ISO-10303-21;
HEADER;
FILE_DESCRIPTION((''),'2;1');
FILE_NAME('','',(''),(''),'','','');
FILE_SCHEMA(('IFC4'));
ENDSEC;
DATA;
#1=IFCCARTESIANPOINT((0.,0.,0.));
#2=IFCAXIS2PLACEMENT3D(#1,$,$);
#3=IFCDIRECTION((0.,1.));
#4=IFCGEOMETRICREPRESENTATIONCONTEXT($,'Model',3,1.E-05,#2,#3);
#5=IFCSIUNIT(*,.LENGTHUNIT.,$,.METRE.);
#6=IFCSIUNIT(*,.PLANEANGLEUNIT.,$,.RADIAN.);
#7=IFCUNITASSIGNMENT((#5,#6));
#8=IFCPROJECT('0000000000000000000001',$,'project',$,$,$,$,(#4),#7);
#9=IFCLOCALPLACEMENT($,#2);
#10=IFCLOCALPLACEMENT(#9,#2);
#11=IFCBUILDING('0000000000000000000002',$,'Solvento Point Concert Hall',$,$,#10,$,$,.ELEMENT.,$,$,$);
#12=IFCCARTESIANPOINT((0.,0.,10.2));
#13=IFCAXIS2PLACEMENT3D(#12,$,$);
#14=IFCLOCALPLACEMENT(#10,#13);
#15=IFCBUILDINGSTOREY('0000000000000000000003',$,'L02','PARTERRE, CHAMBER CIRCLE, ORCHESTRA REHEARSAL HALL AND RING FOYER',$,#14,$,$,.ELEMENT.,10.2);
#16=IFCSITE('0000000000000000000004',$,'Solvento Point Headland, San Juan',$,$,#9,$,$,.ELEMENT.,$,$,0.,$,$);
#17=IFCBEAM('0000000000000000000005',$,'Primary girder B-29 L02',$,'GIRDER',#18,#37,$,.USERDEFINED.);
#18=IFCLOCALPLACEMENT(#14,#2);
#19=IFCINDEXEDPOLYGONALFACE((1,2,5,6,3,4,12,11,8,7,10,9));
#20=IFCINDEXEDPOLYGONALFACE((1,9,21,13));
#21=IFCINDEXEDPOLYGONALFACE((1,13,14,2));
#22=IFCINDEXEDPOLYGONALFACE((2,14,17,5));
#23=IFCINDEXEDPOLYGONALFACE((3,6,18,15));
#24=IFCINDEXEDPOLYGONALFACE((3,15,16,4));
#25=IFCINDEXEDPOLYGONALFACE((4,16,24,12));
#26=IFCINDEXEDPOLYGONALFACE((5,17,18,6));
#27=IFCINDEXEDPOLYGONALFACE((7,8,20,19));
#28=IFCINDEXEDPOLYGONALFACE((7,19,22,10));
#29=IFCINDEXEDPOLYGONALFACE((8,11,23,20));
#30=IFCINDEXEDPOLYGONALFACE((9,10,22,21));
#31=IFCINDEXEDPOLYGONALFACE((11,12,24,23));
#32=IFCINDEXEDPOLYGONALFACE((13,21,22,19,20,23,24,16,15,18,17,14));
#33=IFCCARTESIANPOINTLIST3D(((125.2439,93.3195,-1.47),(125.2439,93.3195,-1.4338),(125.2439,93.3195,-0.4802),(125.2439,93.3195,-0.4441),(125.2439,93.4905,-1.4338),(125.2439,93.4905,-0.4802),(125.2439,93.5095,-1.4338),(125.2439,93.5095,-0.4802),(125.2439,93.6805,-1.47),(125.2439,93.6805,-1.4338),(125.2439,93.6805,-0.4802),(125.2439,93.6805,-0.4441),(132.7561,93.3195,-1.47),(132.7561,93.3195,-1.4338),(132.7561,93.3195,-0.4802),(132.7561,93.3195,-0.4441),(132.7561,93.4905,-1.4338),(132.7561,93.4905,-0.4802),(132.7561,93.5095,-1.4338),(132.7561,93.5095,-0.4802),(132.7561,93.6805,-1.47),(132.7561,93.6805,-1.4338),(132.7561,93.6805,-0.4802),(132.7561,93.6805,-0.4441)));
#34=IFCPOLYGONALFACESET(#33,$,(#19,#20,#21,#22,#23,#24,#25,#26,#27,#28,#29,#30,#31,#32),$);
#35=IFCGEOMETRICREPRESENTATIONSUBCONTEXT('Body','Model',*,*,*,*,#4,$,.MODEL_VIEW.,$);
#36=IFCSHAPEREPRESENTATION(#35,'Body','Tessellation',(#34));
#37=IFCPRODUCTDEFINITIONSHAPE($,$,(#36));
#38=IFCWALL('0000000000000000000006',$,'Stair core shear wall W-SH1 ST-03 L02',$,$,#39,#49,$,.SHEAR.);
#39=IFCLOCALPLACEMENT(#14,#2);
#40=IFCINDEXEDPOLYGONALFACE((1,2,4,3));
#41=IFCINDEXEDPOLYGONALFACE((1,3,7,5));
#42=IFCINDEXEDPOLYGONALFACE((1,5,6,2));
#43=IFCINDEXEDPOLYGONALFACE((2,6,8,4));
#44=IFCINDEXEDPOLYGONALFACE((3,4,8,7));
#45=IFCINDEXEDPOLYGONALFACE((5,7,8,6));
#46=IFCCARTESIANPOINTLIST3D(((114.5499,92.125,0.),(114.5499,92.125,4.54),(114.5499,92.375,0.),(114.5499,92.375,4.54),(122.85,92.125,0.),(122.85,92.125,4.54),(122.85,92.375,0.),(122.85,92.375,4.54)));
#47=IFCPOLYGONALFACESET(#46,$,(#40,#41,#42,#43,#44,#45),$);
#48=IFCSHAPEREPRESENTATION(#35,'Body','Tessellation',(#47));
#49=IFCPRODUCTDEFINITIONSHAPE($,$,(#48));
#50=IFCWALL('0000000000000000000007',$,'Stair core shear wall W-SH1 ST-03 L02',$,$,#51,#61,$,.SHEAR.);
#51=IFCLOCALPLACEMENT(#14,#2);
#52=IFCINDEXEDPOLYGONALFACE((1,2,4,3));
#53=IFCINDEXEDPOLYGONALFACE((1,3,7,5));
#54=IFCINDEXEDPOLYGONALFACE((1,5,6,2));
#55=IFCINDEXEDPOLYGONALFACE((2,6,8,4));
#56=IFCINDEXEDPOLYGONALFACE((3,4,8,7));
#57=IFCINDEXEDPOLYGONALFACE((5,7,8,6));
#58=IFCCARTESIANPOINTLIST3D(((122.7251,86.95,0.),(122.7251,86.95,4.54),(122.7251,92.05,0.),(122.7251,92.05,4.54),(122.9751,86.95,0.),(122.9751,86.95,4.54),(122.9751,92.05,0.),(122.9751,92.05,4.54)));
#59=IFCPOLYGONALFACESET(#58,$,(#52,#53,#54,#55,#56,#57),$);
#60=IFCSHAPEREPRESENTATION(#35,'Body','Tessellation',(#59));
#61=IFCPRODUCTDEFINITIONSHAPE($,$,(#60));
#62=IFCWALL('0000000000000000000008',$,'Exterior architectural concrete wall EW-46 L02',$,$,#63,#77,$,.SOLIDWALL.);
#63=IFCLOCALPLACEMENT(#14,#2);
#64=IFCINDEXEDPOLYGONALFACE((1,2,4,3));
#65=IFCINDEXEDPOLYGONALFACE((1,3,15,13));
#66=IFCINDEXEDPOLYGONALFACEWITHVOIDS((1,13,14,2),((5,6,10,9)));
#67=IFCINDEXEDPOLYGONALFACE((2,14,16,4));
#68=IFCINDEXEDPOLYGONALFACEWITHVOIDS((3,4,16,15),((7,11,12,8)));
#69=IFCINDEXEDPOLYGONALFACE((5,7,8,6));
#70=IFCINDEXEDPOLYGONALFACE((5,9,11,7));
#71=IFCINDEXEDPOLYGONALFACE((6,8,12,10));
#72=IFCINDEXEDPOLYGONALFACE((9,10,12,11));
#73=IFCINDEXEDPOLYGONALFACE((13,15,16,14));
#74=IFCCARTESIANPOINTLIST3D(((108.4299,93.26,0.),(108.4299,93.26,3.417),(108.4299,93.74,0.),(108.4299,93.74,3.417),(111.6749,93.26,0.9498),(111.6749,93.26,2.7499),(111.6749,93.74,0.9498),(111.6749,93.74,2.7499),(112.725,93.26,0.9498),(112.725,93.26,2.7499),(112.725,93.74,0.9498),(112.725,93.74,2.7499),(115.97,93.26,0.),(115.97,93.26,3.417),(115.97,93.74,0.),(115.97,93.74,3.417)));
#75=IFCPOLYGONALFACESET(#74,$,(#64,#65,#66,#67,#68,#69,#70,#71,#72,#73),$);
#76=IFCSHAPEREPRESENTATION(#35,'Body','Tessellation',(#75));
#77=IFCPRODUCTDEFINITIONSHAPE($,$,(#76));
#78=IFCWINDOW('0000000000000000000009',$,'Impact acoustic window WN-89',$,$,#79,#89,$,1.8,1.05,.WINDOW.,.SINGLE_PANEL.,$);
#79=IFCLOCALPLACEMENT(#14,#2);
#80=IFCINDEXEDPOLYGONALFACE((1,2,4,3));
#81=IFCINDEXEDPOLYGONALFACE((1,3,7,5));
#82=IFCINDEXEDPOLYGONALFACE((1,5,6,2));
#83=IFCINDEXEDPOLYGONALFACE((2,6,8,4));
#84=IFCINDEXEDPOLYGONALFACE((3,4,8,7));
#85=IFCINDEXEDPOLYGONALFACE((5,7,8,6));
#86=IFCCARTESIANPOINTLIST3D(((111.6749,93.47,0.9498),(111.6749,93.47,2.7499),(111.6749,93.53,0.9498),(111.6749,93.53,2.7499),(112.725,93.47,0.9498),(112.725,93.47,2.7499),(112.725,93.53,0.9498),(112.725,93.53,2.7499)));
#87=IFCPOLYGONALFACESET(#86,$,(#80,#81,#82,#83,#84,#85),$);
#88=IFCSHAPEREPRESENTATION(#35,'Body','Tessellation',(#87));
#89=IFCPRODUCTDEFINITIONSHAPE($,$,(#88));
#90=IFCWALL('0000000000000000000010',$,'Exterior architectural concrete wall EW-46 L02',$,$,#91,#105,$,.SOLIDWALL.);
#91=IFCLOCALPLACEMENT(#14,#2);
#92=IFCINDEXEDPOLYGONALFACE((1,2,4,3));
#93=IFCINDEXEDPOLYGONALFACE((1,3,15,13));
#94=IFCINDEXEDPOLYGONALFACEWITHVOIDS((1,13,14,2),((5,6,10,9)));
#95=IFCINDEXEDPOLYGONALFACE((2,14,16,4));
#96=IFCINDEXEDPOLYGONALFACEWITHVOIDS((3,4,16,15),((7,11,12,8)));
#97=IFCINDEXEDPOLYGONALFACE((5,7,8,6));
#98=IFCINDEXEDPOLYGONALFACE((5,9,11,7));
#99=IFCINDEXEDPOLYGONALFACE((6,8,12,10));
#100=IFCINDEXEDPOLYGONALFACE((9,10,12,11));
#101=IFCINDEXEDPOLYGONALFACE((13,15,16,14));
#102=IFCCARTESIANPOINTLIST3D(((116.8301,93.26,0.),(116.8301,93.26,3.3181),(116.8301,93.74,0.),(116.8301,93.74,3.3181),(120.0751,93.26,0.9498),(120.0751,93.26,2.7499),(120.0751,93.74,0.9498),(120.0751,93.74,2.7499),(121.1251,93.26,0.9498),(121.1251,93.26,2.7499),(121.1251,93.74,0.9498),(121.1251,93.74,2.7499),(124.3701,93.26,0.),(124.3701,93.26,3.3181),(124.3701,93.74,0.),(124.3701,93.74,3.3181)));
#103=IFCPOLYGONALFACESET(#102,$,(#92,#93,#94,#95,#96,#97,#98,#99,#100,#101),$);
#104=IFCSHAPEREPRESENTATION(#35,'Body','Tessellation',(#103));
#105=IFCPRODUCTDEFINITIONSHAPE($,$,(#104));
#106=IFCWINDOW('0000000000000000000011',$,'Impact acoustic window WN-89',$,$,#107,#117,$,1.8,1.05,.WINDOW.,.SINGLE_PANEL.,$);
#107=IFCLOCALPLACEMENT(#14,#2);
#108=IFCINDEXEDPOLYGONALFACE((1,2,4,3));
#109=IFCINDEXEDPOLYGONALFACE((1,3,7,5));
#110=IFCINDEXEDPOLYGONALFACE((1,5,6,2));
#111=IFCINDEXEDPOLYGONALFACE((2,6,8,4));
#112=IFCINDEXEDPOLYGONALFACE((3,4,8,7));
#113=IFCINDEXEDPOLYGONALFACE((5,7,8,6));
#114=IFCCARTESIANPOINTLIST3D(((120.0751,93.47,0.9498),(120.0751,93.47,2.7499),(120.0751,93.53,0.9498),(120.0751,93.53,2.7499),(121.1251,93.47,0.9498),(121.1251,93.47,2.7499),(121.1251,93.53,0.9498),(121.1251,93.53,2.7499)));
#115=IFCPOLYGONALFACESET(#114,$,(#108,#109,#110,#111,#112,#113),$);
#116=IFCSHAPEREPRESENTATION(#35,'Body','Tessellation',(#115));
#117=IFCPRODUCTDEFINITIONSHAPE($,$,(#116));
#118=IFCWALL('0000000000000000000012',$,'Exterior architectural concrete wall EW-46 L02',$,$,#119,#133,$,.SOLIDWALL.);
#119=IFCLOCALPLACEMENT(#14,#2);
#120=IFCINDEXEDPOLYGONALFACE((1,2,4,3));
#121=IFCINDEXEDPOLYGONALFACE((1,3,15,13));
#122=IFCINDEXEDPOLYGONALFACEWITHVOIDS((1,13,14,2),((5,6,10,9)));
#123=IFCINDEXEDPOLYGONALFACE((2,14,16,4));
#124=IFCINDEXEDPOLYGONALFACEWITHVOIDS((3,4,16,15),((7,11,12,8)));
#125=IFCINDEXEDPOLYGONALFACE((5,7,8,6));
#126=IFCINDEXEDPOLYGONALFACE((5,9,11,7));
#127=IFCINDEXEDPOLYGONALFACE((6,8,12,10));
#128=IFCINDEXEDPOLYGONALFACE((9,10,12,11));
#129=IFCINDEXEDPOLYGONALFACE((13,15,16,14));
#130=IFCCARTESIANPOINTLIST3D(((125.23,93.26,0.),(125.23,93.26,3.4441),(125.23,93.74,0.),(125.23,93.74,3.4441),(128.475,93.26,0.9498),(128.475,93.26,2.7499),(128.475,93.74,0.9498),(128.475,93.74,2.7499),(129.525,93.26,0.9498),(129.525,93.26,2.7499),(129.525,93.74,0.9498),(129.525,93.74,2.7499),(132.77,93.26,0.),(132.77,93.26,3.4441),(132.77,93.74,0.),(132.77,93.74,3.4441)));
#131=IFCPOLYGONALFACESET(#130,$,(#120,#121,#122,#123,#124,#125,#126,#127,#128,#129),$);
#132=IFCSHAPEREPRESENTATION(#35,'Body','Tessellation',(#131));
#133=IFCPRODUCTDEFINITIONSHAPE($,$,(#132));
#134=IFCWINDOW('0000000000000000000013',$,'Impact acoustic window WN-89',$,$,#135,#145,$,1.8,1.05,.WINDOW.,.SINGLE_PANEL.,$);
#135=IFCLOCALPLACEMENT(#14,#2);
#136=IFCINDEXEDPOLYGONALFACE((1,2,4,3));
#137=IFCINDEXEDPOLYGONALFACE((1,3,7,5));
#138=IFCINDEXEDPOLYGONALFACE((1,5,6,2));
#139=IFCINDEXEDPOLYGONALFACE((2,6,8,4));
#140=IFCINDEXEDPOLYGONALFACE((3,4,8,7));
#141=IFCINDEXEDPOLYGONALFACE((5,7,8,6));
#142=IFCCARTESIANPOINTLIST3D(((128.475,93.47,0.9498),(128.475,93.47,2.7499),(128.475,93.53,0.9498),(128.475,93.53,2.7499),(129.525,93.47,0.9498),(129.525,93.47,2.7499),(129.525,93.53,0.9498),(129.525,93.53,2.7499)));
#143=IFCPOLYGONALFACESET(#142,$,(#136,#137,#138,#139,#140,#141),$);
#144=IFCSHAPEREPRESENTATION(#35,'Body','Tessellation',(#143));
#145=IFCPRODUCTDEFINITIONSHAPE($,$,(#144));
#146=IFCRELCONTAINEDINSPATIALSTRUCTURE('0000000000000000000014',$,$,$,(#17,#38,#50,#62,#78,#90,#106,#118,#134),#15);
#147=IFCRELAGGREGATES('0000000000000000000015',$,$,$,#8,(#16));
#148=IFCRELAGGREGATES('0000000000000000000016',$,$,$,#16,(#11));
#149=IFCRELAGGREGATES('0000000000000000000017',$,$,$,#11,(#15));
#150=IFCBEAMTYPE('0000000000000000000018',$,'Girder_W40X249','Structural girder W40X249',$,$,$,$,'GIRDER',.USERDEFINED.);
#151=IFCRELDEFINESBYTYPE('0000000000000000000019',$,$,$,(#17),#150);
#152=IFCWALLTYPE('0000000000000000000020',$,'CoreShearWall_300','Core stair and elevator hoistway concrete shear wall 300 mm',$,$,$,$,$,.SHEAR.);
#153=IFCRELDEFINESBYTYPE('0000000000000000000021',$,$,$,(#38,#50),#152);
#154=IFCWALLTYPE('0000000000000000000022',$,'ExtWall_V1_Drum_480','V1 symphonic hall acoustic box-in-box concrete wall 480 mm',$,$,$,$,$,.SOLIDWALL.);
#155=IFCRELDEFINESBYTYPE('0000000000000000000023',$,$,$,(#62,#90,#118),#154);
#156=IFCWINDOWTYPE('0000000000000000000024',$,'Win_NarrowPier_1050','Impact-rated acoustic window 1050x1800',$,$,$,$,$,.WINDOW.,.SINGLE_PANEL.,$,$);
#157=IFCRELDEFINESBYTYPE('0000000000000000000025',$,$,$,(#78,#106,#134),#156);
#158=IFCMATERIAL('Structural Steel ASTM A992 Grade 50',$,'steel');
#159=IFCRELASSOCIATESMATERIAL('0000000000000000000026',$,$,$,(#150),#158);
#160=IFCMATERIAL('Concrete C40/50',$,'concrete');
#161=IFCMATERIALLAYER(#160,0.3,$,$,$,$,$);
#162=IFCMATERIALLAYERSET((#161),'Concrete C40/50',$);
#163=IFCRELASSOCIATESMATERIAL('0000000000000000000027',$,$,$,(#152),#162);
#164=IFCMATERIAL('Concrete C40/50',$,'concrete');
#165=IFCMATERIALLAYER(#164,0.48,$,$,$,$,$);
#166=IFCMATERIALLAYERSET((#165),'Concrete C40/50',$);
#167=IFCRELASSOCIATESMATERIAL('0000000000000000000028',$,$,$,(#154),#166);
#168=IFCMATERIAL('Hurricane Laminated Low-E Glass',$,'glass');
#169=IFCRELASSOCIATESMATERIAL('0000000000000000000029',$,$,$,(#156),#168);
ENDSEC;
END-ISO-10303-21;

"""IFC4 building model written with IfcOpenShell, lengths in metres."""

from ifc_helpers import new_model, si_unit, direction, frame, frame_2d, origin, origin_2d, place, context, subcontext, project, spatial, rectangle, i_section, extrude, material, layer, layer_set, material_profile, profile_set, type_object, element, fill, save


model = new_model("IFC4")

# Units and contexts
model_context = context("Model", 3, precision=1e-05, world=origin(), true_north=direction((0.0, 1.0)))
body_context = subcontext(model_context, "Body", "Model", "MODEL_VIEW")
ifc_project = project(units=[si_unit("LENGTHUNIT", "METRE"), si_unit("PLANEANGLEUNIT", "RADIAN")], contexts=[model_context])

# Site, building, storey
site_placement = place(None, origin())
site = spatial("IfcSite", under=ifc_project, at=site_placement, Name="Solvento Point Headland, San Juan", CompositionType="ELEMENT", RefElevation=0.0)
building_placement = place(site_placement, origin())
building = spatial("IfcBuilding", under=site, at=building_placement, Name="Solvento Point Concert Hall", CompositionType="ELEMENT")
storey_placement = place(building_placement, frame((0.0, 0.0, 10.2)))
storey = spatial("IfcBuildingStorey", under=building, at=storey_placement, Name="L02", Description="PARTERRE, CHAMBER CIRCLE, ORCHESTRA REHEARSAL HALL AND RING FOYER", CompositionType="ELEMENT", Elevation=10.2)

# Beam
ifc_material_1 = material(Name="Structural Steel ASTM A992 Grade 50", Category="steel")
ifc_material_profile_1 = material_profile(ifc_material_1, i_section(OverallWidth=0.3611, OverallDepth=1.0259, WebThickness=0.019, FlangeThickness=0.0361, at=origin_2d()), Name="W40X249")
ifc_profile_set_1 = profile_set([ifc_material_profile_1], Name="Structural Steel ASTM A992 Grade 50")
beam_type_1 = type_object("IfcBeamType", Name="Girder_W40X249", Description="Structural girder W40X249", ElementType="GIRDER", PredefinedType="USERDEFINED", material=ifc_profile_set_1)
beam_1_placement = place(storey_placement, frame((125.2439, 93.5, -0.957), z_axis=(1.0, 0.0, 0.0), x_axis=(0.0, 1.0, 0.0)))
element("IfcBeam", 1, at=beam_1_placement, inside=storey, type_object=beam_type_1, Name="Primary girder B-29 L02", ObjectType="GIRDER", PredefinedType="USERDEFINED", context=body_context, shape_type="SweptSolid", body=[
    extrude(i_section(OverallWidth=0.3611, OverallDepth=1.0259, WebThickness=0.019, FlangeThickness=0.0361, at=origin_2d()), origin(), (0.0, 0.0, 1.0), 7.5122),
])

# Walls
ifc_material_2 = material(Name="Concrete C40/50", Category="concrete")
ifc_layer_1 = layer(ifc_material_2, 0.3)
ifc_layer_set_1 = layer_set([ifc_layer_1], Name="Concrete C40/50")
wall_type_1 = type_object("IfcWallType", Name="CoreShearWall_300", Description="Core stair and elevator hoistway concrete shear wall 300 mm", PredefinedType="SHEAR", material=ifc_layer_set_1)
wall_1_placement = place(storey_placement, frame((114.55, 92.25, 0.0), z_axis=(0.0, 0.0, 1.0), x_axis=(1.0, 0.0, 0.0)))
element("IfcWall", 2, at=wall_1_placement, inside=storey, type_object=wall_type_1, Name="Stair core shear wall W-SH1 ST-03 L02", PredefinedType="SHEAR", context=body_context, shape_type="SweptSolid", body=[
    extrude(rectangle(XDim=8.3, YDim=0.25, at=frame_2d((4.1499, 0.0))), origin(), (0.0, 0.0, 1.0), 4.54),
])
wall_2_placement = place(storey_placement, frame((122.8501, 92.05, 0.0), z_axis=(0.0, 0.0, 1.0), x_axis=(0.0, -1.0, 0.0)))
element("IfcWall", 3, at=wall_2_placement, inside=storey, type_object=wall_type_1, Name="Stair core shear wall W-SH1 ST-03 L02", PredefinedType="SHEAR", context=body_context, shape_type="SweptSolid", body=[
    extrude(rectangle(XDim=5.1001, YDim=0.25, at=frame_2d((2.55, 0.0))), origin(), (0.0, 0.0, 1.0), 4.54),
])

# Walls, openings, windows
ifc_material_3 = material(Name="Concrete C40/50", Category="concrete")
ifc_layer_2 = layer(ifc_material_3, 0.48)
ifc_layer_set_2 = layer_set([ifc_layer_2], Name="Concrete C40/50")
wall_type_2 = type_object("IfcWallType", Name="ExtWall_V1_Drum_480", Description="V1 symphonic hall acoustic box-in-box concrete wall 480 mm", PredefinedType="SOLIDWALL", material=ifc_layer_set_2)
wall_3_placement = place(storey_placement, frame((108.4299, 93.5, 0.0), z_axis=(0.0, 0.0, 1.0), x_axis=(1.0, 0.0, 0.0)))
wall_3 = element("IfcWall", 4, at=wall_3_placement, inside=storey, type_object=wall_type_2, Name="Exterior architectural concrete wall EW-46 L02", PredefinedType="SOLIDWALL", context=body_context, shape_type="SweptSolid", body=[
    extrude(rectangle(XDim=7.54, YDim=0.48, at=frame_2d((3.77, 0.0))), origin(), (0.0, 0.0, 1.0), 3.417),
])
opening_1_placement = place(wall_3_placement, frame((3.2451, 0.0, 0.95)))
opening_1 = element("IfcOpeningElement", 5, at=opening_1_placement, cuts=wall_3, PredefinedType="OPENING", context=body_context, shape_type="SweptSolid", body=[
    extrude(rectangle(XDim=1.05, YDim=1.8, at=frame_2d((0.5249, 0.8999))), frame((0.0, 0.25, 0.0), z_axis=(0.0, -1.0, 0.0), x_axis=(1.0, 0.0, 0.0)), (0.0, 0.0, 1.0), 0.5),
])
ifc_material_4 = material(Name="Hurricane Laminated Low-E Glass", Category="glass")
window_type_1 = type_object("IfcWindowType", Name="Win_NarrowPier_1050", Description="Impact-rated acoustic window 1050x1800", PartitioningType="SINGLE_PANEL", PredefinedType="WINDOW", material=ifc_material_4)
window_1_placement = place(opening_1_placement, origin())
window_1 = element("IfcWindow", 6, at=window_1_placement, inside=storey, type_object=window_type_1, Name="Impact acoustic window WN-89", OverallHeight=1.8, OverallWidth=1.05, PartitioningType="SINGLE_PANEL", PredefinedType="WINDOW", context=body_context, shape_type="SweptSolid", body=[
    extrude(rectangle(XDim=1.05, YDim=1.8, at=frame_2d((0.5249, 0.8999))), frame((0.0, 0.03, 0.0), z_axis=(0.0, -1.0, 0.0), x_axis=(1.0, 0.0, 0.0)), (0.0, 0.0, 1.0), 0.0601),
])
fill(opening_1, window_1)
wall_4_placement = place(storey_placement, frame((116.8301, 93.5, 0.0), z_axis=(0.0, 0.0, 1.0), x_axis=(1.0, 0.0, 0.0)))
wall_4 = element("IfcWall", 7, at=wall_4_placement, inside=storey, type_object=wall_type_2, Name="Exterior architectural concrete wall EW-46 L02", PredefinedType="SOLIDWALL", context=body_context, shape_type="SweptSolid", body=[
    extrude(rectangle(XDim=7.54, YDim=0.48, at=frame_2d((3.77, 0.0))), origin(), (0.0, 0.0, 1.0), 3.3181),
])
opening_2_placement = place(wall_4_placement, frame((3.2451, 0.0, 0.95)))
opening_2 = element("IfcOpeningElement", 8, at=opening_2_placement, cuts=wall_4, PredefinedType="OPENING", context=body_context, shape_type="SweptSolid", body=[
    extrude(rectangle(XDim=1.05, YDim=1.8, at=frame_2d((0.5249, 0.8999))), frame((0.0, 0.25, 0.0), z_axis=(0.0, -1.0, 0.0), x_axis=(1.0, 0.0, 0.0)), (0.0, 0.0, 1.0), 0.5),
])
window_2_placement = place(opening_2_placement, origin())
window_2 = element("IfcWindow", 9, at=window_2_placement, inside=storey, type_object=window_type_1, Name="Impact acoustic window WN-89", OverallHeight=1.8, OverallWidth=1.05, PartitioningType="SINGLE_PANEL", PredefinedType="WINDOW", context=body_context, shape_type="SweptSolid", body=[
    extrude(rectangle(XDim=1.05, YDim=1.8, at=frame_2d((0.5249, 0.8999))), frame((0.0, 0.03, 0.0), z_axis=(0.0, -1.0, 0.0), x_axis=(1.0, 0.0, 0.0)), (0.0, 0.0, 1.0), 0.0601),
])
fill(opening_2, window_2)
wall_5_placement = place(storey_placement, frame((125.23, 93.5, 0.0), z_axis=(0.0, 0.0, 1.0), x_axis=(1.0, 0.0, 0.0)))
wall_5 = element("IfcWall", 10, at=wall_5_placement, inside=storey, type_object=wall_type_2, Name="Exterior architectural concrete wall EW-46 L02", PredefinedType="SOLIDWALL", context=body_context, shape_type="SweptSolid", body=[
    extrude(rectangle(XDim=7.54, YDim=0.48, at=frame_2d((3.77, 0.0))), origin(), (0.0, 0.0, 1.0), 3.4441),
])
opening_3_placement = place(wall_5_placement, frame((3.2451, 0.0, 0.95)))
opening_3 = element("IfcOpeningElement", 11, at=opening_3_placement, cuts=wall_5, PredefinedType="OPENING", context=body_context, shape_type="SweptSolid", body=[
    extrude(rectangle(XDim=1.05, YDim=1.8, at=frame_2d((0.5249, 0.8999))), frame((0.0, 0.25, 0.0), z_axis=(0.0, -1.0, 0.0), x_axis=(1.0, 0.0, 0.0)), (0.0, 0.0, 1.0), 0.5),
])
window_3_placement = place(opening_3_placement, origin())
window_3 = element("IfcWindow", 12, at=window_3_placement, inside=storey, type_object=window_type_1, Name="Impact acoustic window WN-89", OverallHeight=1.8, OverallWidth=1.05, PartitioningType="SINGLE_PANEL", PredefinedType="WINDOW", context=body_context, shape_type="SweptSolid", body=[
    extrude(rectangle(XDim=1.05, YDim=1.8, at=frame_2d((0.5249, 0.8999))), frame((0.0, 0.03, 0.0), z_axis=(0.0, -1.0, 0.0), x_axis=(1.0, 0.0, 0.0)), (0.0, 0.0, 1.0), 0.0601),
])
fill(opening_3, window_3)

save(model, "model.ifc")
